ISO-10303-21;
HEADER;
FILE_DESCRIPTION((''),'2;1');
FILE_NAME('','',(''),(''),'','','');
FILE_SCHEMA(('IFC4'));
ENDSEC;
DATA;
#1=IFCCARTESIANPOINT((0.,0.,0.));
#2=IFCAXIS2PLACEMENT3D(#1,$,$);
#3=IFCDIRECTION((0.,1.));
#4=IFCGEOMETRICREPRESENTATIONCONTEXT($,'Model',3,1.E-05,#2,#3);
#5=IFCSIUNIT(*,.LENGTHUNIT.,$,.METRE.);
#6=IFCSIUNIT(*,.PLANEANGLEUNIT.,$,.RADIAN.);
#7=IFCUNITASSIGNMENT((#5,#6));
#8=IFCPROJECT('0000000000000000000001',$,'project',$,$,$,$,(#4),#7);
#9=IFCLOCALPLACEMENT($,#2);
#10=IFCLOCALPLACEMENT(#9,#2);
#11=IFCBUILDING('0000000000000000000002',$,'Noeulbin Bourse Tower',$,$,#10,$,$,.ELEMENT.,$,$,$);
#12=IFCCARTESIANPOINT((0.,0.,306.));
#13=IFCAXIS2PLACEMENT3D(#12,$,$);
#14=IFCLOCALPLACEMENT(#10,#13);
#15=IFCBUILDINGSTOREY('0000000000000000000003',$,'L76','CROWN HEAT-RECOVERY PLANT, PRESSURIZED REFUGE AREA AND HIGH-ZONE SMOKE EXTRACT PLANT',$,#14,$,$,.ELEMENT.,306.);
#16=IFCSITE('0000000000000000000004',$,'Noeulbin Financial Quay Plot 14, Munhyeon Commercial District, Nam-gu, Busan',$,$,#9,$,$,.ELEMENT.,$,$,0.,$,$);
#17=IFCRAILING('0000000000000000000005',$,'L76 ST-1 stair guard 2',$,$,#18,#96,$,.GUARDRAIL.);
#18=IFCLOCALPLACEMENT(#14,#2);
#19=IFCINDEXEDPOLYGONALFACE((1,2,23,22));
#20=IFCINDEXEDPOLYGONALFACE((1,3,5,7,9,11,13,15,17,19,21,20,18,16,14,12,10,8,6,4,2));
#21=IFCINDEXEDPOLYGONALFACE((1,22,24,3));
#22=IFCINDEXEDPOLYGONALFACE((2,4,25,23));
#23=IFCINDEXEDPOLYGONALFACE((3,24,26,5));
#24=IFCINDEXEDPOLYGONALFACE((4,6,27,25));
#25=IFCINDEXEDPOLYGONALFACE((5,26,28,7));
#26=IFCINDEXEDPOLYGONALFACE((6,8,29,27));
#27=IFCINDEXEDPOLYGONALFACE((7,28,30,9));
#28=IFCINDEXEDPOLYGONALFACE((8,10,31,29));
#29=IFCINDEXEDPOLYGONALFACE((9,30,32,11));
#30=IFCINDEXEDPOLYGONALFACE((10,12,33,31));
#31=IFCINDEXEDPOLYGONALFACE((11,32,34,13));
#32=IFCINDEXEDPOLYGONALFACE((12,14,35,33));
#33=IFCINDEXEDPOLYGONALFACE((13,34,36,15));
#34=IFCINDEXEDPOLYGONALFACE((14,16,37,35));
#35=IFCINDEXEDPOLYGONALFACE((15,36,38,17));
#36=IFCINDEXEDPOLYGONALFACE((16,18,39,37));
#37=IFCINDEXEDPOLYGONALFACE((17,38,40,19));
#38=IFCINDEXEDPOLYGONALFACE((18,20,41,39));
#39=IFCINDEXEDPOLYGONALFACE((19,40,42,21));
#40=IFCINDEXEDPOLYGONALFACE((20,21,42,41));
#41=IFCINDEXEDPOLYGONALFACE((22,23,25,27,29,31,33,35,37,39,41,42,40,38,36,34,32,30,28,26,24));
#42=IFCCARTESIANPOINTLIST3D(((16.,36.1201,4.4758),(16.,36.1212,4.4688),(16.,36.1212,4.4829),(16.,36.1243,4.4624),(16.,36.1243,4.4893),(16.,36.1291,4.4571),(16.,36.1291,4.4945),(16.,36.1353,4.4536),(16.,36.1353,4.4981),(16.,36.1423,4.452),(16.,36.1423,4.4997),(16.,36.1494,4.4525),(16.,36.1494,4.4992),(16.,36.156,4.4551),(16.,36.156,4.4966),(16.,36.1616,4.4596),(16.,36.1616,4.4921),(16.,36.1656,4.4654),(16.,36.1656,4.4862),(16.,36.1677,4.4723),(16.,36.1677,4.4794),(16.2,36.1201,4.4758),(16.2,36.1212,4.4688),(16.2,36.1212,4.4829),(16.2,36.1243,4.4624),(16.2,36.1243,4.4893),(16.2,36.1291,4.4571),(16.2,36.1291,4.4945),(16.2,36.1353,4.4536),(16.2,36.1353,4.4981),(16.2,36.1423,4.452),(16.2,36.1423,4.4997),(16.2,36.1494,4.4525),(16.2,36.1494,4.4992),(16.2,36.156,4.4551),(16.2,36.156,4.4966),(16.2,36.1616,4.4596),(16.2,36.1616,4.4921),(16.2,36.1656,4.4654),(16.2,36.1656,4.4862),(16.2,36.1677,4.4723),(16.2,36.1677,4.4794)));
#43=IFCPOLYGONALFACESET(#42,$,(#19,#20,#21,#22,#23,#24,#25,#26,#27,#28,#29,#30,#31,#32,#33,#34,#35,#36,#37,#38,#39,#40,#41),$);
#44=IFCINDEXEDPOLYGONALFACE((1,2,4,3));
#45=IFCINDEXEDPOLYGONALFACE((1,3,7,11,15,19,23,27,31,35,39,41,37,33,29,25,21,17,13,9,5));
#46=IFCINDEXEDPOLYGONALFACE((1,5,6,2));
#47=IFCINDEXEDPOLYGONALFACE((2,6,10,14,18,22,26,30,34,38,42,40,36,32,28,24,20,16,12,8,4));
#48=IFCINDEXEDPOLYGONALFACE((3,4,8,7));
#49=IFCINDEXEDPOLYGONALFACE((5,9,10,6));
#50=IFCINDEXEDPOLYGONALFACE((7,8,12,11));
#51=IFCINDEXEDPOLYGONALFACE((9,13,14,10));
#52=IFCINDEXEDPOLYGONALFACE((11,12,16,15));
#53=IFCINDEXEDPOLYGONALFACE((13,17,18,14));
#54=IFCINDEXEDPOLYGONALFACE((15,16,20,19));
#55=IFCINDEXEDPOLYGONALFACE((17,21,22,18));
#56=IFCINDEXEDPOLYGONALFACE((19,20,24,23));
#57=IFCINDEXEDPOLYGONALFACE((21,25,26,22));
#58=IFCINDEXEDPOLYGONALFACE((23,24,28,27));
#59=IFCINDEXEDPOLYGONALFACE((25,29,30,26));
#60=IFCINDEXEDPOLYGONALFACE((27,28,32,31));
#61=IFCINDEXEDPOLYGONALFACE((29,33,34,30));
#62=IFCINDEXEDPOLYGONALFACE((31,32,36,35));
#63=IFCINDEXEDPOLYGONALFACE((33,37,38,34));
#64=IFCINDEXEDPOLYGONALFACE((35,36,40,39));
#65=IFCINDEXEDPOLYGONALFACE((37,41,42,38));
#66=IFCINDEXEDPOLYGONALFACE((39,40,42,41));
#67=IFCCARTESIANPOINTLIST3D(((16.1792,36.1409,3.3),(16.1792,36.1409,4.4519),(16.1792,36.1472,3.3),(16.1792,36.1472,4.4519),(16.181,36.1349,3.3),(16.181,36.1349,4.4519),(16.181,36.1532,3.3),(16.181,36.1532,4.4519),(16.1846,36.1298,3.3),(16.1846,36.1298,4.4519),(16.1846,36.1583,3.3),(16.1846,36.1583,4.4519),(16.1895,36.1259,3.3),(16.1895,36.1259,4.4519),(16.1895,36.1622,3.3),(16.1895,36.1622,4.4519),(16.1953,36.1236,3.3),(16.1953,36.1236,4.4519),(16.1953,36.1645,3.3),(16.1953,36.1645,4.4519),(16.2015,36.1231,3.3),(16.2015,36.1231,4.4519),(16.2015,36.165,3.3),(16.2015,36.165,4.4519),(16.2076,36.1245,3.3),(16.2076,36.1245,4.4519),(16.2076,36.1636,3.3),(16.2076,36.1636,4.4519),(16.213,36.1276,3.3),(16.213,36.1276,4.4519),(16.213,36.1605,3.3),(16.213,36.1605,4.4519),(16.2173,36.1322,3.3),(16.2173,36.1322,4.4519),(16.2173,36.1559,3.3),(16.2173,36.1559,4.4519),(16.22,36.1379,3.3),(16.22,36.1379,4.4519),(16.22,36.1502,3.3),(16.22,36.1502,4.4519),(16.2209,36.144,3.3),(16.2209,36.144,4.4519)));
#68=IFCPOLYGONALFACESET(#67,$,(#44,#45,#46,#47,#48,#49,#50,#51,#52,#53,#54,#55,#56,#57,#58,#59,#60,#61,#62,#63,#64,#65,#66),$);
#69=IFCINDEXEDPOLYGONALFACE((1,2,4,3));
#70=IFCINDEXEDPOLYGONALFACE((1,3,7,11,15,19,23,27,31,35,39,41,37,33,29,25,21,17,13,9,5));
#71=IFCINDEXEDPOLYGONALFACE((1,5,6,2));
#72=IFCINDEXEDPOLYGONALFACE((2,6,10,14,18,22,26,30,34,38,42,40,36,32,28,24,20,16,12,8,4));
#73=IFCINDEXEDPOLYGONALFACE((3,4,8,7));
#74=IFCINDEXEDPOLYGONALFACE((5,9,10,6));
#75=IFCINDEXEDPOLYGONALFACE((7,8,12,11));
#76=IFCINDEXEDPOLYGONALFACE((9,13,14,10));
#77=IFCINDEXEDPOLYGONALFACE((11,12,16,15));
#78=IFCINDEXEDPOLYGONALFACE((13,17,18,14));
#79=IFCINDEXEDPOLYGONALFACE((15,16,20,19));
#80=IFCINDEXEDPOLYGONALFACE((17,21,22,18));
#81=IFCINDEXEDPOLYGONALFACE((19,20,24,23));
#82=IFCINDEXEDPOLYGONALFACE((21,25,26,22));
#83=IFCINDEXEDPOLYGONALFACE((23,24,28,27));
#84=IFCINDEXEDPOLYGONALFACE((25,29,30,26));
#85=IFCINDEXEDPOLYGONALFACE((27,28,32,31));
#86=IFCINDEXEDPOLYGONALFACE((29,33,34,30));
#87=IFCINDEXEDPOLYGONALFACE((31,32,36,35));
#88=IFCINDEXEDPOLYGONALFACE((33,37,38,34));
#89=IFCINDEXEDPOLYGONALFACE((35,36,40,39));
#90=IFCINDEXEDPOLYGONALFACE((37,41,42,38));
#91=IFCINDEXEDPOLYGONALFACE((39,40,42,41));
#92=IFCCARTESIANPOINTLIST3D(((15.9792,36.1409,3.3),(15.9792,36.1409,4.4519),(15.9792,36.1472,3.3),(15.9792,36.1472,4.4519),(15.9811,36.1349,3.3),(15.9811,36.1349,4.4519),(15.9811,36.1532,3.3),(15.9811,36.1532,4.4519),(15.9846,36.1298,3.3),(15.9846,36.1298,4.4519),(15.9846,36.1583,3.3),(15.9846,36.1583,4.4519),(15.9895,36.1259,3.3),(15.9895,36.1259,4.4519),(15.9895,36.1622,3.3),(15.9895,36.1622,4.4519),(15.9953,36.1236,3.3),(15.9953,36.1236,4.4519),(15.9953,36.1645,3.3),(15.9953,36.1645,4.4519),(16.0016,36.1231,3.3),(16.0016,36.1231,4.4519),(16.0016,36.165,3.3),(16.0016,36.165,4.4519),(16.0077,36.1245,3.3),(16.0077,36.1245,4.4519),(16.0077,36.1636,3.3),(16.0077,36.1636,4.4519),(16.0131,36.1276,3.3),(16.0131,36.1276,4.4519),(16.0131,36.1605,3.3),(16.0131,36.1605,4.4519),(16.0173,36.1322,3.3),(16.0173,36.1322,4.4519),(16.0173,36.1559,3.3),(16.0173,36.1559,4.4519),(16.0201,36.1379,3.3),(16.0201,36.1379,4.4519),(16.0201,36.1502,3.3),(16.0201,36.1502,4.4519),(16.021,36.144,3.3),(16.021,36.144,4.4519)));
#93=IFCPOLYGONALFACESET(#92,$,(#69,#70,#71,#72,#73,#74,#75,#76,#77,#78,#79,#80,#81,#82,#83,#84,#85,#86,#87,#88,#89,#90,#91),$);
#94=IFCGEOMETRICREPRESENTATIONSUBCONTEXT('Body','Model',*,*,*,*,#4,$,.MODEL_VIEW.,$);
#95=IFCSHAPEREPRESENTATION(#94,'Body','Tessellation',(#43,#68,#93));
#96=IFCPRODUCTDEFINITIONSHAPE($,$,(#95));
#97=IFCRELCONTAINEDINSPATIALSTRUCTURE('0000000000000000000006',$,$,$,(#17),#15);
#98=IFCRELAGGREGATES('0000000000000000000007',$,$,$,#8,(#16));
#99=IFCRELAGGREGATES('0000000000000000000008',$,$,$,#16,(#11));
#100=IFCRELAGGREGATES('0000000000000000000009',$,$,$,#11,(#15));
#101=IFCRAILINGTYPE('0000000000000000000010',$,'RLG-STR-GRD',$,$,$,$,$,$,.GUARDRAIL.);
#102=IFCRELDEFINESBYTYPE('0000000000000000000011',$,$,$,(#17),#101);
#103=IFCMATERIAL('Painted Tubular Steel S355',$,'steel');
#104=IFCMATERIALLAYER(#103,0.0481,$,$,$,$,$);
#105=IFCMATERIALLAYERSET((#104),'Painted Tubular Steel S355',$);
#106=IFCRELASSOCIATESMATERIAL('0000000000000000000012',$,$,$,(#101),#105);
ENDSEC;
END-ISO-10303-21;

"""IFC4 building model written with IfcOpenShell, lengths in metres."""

from ifc_helpers import new_model, si_unit, direction, frame, origin, origin_2d, place, context, subcontext, project, spatial, circle, extrude, material, layer, layer_set, type_object, element, save


model = new_model("IFC4")

# Units and contexts
model_context = context("Model", 3, precision=1e-05, world=origin(), true_north=direction((0.0, 1.0)))
body_context = subcontext(model_context, "Body", "Model", "MODEL_VIEW")
ifc_project = project(units=[si_unit("LENGTHUNIT", "METRE"), si_unit("PLANEANGLEUNIT", "RADIAN")], contexts=[model_context])

# Site, building, storey
site_placement = place(None, origin())
site = spatial("IfcSite", under=ifc_project, at=site_placement, Name="Noeulbin Financial Quay Plot 14, Munhyeon Commercial District, Nam-gu, Busan", CompositionType="ELEMENT", RefElevation=0.0)
building_placement = place(site_placement, origin())
building = spatial("IfcBuilding", under=site, at=building_placement, Name="Noeulbin Bourse Tower", CompositionType="ELEMENT")
storey_placement = place(building_placement, frame((0.0, 0.0, 306.0)))
storey = spatial("IfcBuildingStorey", under=building, at=storey_placement, Name="L76", Description="CROWN HEAT-RECOVERY PLANT, PRESSURIZED REFUGE AREA AND HIGH-ZONE SMOKE EXTRACT PLANT", CompositionType="ELEMENT", Elevation=306.0)

# Railing
ifc_material_1 = material(Name="Painted Tubular Steel S355", Category="steel")
ifc_layer_1 = layer(ifc_material_1, 0.0481)
ifc_layer_set_1 = layer_set([ifc_layer_1], Name="Painted Tubular Steel S355")
railing_type_1 = type_object("IfcRailingType", Name="RLG-STR-GRD", PredefinedType="GUARDRAIL", material=ifc_layer_set_1)
railing_1_placement = place(storey_placement, frame((16.2, 36.144, 3.3)))
element("IfcRailing", 1, at=railing_1_placement, inside=storey, type_object=railing_type_1, Name="L76 ST-1 stair guard 2", PredefinedType="GUARDRAIL", context=body_context, shape_type="SweptSolid", body=[
    extrude(circle(Radius=0.0239, at=origin_2d()), frame((0.0, 0.0, 1.1758), z_axis=(-1.0, 0.0, 0.0), x_axis=(0.0, -1.0, 0.0)), (0.0, 0.0, 1.0), 0.2),
    extrude(circle(Radius=0.021, at=origin_2d()), origin(), (0.0, 0.0, 1.0), 1.1519),
    extrude(circle(Radius=0.021, at=origin_2d()), frame((-0.2, 0.0, 0.0)), (0.0, 0.0, 1.0), 1.1519),
])

save(model, "model.ifc")
